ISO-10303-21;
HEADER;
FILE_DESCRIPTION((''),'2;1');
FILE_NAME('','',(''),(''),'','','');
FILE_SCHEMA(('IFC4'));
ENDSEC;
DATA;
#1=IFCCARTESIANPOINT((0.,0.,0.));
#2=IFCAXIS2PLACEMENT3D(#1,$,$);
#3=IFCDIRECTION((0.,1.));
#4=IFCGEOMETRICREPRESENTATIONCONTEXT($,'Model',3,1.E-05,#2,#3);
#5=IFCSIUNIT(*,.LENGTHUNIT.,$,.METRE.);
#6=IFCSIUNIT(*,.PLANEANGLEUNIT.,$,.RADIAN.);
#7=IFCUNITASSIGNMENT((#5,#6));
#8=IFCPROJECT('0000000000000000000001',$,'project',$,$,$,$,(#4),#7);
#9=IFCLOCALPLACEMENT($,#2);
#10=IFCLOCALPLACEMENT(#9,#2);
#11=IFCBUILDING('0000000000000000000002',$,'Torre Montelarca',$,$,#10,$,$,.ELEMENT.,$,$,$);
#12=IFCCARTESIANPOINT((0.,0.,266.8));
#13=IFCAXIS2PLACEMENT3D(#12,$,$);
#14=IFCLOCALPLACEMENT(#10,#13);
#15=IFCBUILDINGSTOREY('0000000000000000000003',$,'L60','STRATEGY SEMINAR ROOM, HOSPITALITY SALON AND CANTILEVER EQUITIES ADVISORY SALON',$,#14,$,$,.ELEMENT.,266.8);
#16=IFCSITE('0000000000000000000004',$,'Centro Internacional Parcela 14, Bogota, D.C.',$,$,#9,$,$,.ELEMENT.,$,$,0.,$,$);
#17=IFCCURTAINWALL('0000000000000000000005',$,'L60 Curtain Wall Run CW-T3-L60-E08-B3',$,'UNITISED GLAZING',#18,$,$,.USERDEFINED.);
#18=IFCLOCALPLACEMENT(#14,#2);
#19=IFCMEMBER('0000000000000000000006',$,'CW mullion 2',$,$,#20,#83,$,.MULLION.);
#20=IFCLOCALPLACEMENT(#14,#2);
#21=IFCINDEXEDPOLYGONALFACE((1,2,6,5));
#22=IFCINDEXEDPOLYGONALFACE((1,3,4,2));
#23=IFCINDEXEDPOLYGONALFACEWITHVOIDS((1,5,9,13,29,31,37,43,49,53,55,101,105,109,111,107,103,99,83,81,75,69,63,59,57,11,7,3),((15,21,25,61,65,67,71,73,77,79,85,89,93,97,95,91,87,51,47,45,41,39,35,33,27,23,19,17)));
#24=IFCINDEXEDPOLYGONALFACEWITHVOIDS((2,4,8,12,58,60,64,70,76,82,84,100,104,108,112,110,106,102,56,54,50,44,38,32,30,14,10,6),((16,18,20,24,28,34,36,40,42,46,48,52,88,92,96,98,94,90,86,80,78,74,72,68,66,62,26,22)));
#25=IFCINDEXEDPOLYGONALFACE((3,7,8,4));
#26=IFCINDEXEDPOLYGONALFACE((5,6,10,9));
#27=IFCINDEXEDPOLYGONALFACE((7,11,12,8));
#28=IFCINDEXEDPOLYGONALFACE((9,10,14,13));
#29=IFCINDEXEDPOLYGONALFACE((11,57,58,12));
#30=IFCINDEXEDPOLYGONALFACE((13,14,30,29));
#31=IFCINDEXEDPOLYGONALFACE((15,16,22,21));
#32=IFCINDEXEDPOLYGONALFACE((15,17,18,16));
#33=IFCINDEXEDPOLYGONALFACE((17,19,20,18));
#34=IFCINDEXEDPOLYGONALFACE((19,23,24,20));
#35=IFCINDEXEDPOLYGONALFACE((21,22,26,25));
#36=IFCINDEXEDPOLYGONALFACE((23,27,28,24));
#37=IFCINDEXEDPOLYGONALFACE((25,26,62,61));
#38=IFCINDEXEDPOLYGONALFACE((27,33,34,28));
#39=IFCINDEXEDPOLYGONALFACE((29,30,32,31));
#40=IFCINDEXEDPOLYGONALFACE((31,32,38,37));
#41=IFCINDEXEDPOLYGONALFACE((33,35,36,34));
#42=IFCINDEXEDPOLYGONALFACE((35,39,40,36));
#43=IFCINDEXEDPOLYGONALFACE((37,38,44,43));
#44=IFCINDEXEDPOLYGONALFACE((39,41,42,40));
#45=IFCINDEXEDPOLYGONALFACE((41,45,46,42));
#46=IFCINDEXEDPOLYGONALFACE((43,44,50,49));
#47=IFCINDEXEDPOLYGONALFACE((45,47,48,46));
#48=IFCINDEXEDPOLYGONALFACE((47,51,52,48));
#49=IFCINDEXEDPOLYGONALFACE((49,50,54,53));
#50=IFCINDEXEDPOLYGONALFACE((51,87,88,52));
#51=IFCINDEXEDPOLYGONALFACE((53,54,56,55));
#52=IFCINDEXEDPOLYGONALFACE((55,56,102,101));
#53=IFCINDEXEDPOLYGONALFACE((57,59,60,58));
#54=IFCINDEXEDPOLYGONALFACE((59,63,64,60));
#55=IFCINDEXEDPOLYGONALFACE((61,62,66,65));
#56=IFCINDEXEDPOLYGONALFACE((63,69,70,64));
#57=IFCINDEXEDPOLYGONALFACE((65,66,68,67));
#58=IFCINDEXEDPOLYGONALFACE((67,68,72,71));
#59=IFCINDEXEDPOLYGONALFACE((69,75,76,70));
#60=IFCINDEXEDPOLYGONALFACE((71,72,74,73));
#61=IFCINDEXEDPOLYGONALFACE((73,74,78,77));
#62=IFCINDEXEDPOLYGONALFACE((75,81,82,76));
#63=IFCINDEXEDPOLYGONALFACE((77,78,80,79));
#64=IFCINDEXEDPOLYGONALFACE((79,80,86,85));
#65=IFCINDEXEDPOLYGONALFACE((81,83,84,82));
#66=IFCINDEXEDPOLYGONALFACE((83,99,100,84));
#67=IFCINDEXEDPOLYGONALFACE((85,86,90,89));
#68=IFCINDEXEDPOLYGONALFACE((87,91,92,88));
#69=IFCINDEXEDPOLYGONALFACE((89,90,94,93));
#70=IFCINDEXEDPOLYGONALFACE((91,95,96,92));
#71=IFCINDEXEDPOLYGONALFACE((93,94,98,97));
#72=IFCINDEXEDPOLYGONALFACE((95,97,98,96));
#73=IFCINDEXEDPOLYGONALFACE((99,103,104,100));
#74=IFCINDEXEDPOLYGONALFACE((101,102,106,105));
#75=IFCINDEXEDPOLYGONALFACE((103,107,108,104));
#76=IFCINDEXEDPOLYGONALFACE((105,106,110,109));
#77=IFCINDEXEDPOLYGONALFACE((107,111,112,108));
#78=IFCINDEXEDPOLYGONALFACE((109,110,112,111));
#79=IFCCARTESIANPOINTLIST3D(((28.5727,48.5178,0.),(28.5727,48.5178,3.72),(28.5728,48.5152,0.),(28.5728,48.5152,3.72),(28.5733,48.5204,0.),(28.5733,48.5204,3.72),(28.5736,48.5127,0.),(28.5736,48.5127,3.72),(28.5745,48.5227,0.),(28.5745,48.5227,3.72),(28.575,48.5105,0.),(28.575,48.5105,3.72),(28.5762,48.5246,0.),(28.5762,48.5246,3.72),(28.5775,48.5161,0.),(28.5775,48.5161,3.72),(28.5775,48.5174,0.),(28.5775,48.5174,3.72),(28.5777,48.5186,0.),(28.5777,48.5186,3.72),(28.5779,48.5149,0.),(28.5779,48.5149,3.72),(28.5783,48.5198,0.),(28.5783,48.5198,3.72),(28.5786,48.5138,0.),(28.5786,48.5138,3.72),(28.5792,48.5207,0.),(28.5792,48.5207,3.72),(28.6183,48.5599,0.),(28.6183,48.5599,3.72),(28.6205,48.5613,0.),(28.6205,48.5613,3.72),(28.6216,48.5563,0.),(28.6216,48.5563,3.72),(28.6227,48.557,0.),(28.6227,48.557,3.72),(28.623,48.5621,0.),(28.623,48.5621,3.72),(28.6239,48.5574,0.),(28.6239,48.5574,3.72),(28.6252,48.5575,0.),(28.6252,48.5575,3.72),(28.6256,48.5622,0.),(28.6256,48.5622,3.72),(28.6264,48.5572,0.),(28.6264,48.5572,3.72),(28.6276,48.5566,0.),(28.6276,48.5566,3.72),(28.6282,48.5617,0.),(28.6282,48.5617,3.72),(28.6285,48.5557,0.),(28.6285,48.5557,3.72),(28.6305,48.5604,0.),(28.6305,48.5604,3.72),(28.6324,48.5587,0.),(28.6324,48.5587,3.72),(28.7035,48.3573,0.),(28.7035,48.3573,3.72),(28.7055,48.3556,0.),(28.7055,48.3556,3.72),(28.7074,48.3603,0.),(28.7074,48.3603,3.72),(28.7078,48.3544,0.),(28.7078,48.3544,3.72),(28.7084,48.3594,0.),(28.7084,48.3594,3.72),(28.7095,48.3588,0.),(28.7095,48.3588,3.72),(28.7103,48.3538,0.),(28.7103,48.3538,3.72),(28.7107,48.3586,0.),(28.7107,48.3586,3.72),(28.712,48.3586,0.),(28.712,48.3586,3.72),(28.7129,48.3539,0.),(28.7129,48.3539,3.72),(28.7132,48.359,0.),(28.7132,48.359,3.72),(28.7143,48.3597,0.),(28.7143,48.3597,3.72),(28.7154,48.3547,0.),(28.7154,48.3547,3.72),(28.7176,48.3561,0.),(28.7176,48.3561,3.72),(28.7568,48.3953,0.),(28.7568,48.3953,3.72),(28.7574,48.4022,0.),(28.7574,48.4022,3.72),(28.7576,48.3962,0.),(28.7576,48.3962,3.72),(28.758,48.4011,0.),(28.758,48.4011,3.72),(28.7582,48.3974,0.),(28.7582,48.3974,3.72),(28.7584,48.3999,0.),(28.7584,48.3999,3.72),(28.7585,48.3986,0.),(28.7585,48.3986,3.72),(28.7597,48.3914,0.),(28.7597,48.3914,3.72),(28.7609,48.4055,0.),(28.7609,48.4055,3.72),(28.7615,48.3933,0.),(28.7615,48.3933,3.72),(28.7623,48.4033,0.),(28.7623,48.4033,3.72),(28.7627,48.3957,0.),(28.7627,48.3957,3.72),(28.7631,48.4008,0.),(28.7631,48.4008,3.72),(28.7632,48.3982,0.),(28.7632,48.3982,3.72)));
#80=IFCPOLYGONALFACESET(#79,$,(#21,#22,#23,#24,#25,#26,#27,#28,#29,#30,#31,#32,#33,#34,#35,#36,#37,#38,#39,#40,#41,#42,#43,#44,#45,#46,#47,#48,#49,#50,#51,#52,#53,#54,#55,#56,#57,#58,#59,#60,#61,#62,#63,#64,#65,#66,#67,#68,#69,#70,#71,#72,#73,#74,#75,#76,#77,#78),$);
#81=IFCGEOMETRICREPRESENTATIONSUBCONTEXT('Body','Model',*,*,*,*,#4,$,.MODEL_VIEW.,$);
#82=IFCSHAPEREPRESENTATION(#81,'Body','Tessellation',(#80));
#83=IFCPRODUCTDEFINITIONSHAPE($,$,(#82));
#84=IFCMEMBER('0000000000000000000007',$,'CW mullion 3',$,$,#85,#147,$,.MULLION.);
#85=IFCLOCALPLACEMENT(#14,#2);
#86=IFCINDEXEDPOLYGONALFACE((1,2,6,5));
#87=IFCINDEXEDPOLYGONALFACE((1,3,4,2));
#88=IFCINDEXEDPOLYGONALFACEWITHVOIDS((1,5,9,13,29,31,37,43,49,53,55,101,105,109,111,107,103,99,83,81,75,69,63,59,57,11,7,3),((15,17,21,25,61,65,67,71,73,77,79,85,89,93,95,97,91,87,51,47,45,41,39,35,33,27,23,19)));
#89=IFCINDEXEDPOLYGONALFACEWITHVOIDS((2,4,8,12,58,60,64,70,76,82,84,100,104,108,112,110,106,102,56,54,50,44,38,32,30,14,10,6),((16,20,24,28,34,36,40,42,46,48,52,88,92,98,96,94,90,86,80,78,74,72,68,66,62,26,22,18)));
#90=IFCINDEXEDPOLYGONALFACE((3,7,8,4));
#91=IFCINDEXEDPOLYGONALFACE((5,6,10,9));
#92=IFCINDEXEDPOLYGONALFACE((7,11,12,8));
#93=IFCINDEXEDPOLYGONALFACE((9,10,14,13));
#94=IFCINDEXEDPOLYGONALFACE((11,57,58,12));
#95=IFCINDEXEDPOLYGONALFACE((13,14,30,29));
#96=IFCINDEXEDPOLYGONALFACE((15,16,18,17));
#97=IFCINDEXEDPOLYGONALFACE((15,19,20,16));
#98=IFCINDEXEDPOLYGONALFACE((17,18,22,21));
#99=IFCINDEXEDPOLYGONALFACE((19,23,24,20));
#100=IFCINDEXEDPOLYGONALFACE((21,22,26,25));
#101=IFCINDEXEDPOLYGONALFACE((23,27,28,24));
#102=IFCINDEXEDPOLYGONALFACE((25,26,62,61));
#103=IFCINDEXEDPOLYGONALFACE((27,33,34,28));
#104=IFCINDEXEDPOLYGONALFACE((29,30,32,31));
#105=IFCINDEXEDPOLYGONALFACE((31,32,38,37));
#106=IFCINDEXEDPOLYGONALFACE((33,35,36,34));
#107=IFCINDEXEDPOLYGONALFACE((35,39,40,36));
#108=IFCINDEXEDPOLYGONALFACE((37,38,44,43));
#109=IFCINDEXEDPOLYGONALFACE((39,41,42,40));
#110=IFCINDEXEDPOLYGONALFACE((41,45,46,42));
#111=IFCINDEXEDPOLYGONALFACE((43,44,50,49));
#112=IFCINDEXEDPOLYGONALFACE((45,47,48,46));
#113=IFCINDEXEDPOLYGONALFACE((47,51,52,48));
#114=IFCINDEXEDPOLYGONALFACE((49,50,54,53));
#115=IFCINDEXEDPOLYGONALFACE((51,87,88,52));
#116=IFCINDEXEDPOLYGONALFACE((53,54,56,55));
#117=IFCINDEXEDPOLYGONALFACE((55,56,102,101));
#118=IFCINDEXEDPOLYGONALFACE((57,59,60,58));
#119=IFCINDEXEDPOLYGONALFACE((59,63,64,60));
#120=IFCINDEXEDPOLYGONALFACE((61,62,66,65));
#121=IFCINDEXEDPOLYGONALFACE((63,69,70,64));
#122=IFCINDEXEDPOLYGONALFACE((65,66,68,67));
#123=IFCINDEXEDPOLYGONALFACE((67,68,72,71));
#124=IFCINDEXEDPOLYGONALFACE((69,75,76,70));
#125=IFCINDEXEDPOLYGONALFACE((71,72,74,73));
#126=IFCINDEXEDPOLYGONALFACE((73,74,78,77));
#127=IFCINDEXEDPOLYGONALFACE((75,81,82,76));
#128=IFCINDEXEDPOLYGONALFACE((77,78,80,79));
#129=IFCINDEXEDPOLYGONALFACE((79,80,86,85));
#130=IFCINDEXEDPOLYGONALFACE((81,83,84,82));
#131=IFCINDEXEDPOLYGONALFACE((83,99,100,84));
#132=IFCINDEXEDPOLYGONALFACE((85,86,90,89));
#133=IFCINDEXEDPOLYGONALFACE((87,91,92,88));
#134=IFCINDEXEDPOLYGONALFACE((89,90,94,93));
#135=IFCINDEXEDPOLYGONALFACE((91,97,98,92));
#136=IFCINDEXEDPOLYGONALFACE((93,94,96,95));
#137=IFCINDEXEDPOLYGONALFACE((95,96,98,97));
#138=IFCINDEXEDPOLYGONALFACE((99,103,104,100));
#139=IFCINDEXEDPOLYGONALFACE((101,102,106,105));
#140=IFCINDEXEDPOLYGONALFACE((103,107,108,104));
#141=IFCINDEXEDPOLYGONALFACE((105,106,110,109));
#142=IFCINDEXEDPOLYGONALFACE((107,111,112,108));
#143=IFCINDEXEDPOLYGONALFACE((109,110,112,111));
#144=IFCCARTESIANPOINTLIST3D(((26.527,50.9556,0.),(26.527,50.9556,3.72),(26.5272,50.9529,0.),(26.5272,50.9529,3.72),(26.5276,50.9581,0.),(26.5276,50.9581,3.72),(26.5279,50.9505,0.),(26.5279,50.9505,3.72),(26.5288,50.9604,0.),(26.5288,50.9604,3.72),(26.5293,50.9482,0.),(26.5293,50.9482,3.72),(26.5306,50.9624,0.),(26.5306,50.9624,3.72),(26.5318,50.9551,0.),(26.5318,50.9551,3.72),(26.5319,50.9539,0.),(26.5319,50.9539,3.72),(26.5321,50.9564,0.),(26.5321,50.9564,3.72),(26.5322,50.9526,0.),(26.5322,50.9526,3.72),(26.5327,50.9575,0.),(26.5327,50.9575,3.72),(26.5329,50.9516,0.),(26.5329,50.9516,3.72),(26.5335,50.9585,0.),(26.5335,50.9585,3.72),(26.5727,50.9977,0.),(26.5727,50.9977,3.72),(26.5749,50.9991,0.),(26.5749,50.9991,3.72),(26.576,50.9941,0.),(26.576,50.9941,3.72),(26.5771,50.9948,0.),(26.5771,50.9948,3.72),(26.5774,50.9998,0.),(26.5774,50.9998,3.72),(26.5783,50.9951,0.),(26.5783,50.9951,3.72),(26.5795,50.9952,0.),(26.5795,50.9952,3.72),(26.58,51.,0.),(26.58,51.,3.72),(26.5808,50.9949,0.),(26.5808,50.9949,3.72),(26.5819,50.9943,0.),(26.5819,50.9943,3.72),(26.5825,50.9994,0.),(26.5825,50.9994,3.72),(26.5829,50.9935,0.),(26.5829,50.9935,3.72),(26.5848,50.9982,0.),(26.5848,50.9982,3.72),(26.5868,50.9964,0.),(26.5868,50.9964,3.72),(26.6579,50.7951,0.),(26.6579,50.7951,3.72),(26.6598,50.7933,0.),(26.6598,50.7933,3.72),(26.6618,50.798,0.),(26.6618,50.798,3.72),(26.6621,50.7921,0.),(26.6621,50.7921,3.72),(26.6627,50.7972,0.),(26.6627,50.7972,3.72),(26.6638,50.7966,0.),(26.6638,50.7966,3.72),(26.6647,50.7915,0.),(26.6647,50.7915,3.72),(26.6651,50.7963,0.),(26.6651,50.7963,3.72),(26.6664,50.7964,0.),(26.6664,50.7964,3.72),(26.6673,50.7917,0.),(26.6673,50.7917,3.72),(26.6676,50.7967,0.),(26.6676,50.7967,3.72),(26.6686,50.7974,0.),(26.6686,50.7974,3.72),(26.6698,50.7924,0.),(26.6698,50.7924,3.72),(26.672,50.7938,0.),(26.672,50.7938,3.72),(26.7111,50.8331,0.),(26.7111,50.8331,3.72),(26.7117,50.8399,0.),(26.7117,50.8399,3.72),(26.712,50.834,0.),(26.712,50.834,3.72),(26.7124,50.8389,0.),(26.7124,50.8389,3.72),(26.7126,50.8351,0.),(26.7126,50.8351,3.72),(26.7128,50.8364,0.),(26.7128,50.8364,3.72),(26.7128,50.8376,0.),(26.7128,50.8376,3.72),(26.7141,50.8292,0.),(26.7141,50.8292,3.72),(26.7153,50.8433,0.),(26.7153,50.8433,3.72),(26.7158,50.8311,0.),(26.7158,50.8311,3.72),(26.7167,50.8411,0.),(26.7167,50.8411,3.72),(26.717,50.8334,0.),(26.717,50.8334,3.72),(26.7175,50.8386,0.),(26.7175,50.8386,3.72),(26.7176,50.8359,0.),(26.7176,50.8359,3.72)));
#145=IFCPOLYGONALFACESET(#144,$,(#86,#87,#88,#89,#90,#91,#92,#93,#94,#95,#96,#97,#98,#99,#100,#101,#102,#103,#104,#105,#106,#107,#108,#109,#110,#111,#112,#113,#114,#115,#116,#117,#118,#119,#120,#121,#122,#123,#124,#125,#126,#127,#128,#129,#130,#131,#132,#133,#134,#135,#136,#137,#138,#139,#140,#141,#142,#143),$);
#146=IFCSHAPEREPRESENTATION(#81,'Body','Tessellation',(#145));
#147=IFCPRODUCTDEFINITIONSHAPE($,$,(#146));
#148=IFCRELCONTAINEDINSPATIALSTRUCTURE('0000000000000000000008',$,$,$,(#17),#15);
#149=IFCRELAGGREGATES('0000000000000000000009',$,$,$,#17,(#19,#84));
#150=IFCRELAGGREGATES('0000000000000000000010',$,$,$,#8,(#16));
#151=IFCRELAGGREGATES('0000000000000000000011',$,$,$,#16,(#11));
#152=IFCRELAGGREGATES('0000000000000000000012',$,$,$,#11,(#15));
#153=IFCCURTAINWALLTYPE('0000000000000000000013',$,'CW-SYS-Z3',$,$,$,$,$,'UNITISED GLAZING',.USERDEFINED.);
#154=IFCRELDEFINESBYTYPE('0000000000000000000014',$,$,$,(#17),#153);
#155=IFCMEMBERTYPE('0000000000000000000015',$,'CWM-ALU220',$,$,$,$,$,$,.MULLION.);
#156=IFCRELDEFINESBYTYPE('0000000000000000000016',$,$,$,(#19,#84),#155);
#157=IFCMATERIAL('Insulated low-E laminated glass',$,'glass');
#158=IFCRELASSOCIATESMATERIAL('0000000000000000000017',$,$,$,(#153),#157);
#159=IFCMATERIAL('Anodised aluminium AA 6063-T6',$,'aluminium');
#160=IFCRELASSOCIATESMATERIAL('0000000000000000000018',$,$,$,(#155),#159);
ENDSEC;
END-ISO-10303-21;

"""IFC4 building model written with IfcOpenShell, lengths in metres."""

from ifc_helpers import new_model, si_unit, direction, frame, origin, origin_2d, place, context, subcontext, project, spatial, hollow_rectangle, extrude, source, transform, mapped, material, material_profile, profile_set, type_object, element, aggregate, save


model = new_model("IFC4")

# Units and contexts
model_context = context("Model", 3, precision=1e-05, world=origin(), true_north=direction((0.0, 1.0)))
body_context = subcontext(model_context, "Body", "Model", "MODEL_VIEW")
ifc_project = project(units=[si_unit("LENGTHUNIT", "METRE"), si_unit("PLANEANGLEUNIT", "RADIAN")], contexts=[model_context])

# Site, building, storey
site_placement = place(None, origin())
site = spatial("IfcSite", under=ifc_project, at=site_placement, Name="Centro Internacional Parcela 14, Bogota, D.C.", CompositionType="ELEMENT", RefElevation=0.0)
building_placement = place(site_placement, origin())
building = spatial("IfcBuilding", under=site, at=building_placement, Name="Torre Montelarca", CompositionType="ELEMENT")
storey_placement = place(building_placement, frame((0.0, 0.0, 266.8)))
storey = spatial("IfcBuildingStorey", under=building, at=storey_placement, Name="L60", Description="STRATEGY SEMINAR ROOM, HOSPITALITY SALON AND CANTILEVER EQUITIES ADVISORY SALON", CompositionType="ELEMENT", Elevation=266.8)

# Curtain wall, members
ifc_material_1 = material(Name="Insulated low-E laminated glass", Category="glass")
curtain_wall_type = type_object("IfcCurtainWallType", Name="CW-SYS-Z3", ElementType="UNITISED GLAZING", PredefinedType="USERDEFINED", material=ifc_material_1)
ifc_material_2 = material(Name="Anodised aluminium AA 6063-T6", Category="aluminium")
curtain_wall_1_placement = place(storey_placement, origin())
curtain_wall_1 = element("IfcCurtainWall", 1, at=curtain_wall_1_placement, inside=storey, type_object=curtain_wall_type, Name="L60 Curtain Wall Run CW-T3-L60-E08-B3", ObjectType="UNITISED GLAZING", PredefinedType="USERDEFINED")
ifc_material_profile_1 = material_profile(ifc_material_2, hollow_rectangle(XDim=0.075, YDim=0.22, WallThickness=0.0049, InnerFilletRadius=0.0049, OuterFilletRadius=0.01, at=origin_2d()), Name="ALU75X220X5", Category="aluminium")
ifc_profile_set_1 = profile_set([ifc_material_profile_1], Name="Anodised aluminium AA 6063-T6")
member_type_1 = type_object("IfcMemberType", Name="CWM-ALU220", PredefinedType="MULLION", material=ifc_profile_set_1)
shared_shape_1 = source(origin(), body_context, "Body", "SweptSolid", [
    extrude(hollow_rectangle(XDim=0.075, YDim=0.22, WallThickness=0.0049, InnerFilletRadius=0.0049, OuterFilletRadius=0.01, at=origin_2d()), origin(), (0.0, 0.0, 1.0), 3.72),
])
member_1_placement = place(storey_placement, frame((28.668, 48.458, 0.0), z_axis=(0.0, 0.0, 1.0), x_axis=(-0.766039, -0.642794, 0.0)))
member_1 = element("IfcMember", 2, at=member_1_placement, type_object=member_type_1, Name="CW mullion 2", PredefinedType="MULLION", context=body_context, shape_type="MappedRepresentation", body=[
    mapped(shared_shape_1, transform((0.0, 0.0, 0.0), scale=1.0)),
])
member_2_placement = place(storey_placement, frame((26.6223, 50.8958, 0.0), z_axis=(0.0, 0.0, 1.0), x_axis=(-0.766039, -0.642794, 0.0)))
member_2 = element("IfcMember", 3, at=member_2_placement, type_object=member_type_1, Name="CW mullion 3", PredefinedType="MULLION", context=body_context, shape_type="MappedRepresentation", body=[
    mapped(shared_shape_1, transform((0.0, 0.0, 0.0), scale=1.0)),
])

aggregate(curtain_wall_1, [member_1, member_2])

save(model, "model.ifc")
